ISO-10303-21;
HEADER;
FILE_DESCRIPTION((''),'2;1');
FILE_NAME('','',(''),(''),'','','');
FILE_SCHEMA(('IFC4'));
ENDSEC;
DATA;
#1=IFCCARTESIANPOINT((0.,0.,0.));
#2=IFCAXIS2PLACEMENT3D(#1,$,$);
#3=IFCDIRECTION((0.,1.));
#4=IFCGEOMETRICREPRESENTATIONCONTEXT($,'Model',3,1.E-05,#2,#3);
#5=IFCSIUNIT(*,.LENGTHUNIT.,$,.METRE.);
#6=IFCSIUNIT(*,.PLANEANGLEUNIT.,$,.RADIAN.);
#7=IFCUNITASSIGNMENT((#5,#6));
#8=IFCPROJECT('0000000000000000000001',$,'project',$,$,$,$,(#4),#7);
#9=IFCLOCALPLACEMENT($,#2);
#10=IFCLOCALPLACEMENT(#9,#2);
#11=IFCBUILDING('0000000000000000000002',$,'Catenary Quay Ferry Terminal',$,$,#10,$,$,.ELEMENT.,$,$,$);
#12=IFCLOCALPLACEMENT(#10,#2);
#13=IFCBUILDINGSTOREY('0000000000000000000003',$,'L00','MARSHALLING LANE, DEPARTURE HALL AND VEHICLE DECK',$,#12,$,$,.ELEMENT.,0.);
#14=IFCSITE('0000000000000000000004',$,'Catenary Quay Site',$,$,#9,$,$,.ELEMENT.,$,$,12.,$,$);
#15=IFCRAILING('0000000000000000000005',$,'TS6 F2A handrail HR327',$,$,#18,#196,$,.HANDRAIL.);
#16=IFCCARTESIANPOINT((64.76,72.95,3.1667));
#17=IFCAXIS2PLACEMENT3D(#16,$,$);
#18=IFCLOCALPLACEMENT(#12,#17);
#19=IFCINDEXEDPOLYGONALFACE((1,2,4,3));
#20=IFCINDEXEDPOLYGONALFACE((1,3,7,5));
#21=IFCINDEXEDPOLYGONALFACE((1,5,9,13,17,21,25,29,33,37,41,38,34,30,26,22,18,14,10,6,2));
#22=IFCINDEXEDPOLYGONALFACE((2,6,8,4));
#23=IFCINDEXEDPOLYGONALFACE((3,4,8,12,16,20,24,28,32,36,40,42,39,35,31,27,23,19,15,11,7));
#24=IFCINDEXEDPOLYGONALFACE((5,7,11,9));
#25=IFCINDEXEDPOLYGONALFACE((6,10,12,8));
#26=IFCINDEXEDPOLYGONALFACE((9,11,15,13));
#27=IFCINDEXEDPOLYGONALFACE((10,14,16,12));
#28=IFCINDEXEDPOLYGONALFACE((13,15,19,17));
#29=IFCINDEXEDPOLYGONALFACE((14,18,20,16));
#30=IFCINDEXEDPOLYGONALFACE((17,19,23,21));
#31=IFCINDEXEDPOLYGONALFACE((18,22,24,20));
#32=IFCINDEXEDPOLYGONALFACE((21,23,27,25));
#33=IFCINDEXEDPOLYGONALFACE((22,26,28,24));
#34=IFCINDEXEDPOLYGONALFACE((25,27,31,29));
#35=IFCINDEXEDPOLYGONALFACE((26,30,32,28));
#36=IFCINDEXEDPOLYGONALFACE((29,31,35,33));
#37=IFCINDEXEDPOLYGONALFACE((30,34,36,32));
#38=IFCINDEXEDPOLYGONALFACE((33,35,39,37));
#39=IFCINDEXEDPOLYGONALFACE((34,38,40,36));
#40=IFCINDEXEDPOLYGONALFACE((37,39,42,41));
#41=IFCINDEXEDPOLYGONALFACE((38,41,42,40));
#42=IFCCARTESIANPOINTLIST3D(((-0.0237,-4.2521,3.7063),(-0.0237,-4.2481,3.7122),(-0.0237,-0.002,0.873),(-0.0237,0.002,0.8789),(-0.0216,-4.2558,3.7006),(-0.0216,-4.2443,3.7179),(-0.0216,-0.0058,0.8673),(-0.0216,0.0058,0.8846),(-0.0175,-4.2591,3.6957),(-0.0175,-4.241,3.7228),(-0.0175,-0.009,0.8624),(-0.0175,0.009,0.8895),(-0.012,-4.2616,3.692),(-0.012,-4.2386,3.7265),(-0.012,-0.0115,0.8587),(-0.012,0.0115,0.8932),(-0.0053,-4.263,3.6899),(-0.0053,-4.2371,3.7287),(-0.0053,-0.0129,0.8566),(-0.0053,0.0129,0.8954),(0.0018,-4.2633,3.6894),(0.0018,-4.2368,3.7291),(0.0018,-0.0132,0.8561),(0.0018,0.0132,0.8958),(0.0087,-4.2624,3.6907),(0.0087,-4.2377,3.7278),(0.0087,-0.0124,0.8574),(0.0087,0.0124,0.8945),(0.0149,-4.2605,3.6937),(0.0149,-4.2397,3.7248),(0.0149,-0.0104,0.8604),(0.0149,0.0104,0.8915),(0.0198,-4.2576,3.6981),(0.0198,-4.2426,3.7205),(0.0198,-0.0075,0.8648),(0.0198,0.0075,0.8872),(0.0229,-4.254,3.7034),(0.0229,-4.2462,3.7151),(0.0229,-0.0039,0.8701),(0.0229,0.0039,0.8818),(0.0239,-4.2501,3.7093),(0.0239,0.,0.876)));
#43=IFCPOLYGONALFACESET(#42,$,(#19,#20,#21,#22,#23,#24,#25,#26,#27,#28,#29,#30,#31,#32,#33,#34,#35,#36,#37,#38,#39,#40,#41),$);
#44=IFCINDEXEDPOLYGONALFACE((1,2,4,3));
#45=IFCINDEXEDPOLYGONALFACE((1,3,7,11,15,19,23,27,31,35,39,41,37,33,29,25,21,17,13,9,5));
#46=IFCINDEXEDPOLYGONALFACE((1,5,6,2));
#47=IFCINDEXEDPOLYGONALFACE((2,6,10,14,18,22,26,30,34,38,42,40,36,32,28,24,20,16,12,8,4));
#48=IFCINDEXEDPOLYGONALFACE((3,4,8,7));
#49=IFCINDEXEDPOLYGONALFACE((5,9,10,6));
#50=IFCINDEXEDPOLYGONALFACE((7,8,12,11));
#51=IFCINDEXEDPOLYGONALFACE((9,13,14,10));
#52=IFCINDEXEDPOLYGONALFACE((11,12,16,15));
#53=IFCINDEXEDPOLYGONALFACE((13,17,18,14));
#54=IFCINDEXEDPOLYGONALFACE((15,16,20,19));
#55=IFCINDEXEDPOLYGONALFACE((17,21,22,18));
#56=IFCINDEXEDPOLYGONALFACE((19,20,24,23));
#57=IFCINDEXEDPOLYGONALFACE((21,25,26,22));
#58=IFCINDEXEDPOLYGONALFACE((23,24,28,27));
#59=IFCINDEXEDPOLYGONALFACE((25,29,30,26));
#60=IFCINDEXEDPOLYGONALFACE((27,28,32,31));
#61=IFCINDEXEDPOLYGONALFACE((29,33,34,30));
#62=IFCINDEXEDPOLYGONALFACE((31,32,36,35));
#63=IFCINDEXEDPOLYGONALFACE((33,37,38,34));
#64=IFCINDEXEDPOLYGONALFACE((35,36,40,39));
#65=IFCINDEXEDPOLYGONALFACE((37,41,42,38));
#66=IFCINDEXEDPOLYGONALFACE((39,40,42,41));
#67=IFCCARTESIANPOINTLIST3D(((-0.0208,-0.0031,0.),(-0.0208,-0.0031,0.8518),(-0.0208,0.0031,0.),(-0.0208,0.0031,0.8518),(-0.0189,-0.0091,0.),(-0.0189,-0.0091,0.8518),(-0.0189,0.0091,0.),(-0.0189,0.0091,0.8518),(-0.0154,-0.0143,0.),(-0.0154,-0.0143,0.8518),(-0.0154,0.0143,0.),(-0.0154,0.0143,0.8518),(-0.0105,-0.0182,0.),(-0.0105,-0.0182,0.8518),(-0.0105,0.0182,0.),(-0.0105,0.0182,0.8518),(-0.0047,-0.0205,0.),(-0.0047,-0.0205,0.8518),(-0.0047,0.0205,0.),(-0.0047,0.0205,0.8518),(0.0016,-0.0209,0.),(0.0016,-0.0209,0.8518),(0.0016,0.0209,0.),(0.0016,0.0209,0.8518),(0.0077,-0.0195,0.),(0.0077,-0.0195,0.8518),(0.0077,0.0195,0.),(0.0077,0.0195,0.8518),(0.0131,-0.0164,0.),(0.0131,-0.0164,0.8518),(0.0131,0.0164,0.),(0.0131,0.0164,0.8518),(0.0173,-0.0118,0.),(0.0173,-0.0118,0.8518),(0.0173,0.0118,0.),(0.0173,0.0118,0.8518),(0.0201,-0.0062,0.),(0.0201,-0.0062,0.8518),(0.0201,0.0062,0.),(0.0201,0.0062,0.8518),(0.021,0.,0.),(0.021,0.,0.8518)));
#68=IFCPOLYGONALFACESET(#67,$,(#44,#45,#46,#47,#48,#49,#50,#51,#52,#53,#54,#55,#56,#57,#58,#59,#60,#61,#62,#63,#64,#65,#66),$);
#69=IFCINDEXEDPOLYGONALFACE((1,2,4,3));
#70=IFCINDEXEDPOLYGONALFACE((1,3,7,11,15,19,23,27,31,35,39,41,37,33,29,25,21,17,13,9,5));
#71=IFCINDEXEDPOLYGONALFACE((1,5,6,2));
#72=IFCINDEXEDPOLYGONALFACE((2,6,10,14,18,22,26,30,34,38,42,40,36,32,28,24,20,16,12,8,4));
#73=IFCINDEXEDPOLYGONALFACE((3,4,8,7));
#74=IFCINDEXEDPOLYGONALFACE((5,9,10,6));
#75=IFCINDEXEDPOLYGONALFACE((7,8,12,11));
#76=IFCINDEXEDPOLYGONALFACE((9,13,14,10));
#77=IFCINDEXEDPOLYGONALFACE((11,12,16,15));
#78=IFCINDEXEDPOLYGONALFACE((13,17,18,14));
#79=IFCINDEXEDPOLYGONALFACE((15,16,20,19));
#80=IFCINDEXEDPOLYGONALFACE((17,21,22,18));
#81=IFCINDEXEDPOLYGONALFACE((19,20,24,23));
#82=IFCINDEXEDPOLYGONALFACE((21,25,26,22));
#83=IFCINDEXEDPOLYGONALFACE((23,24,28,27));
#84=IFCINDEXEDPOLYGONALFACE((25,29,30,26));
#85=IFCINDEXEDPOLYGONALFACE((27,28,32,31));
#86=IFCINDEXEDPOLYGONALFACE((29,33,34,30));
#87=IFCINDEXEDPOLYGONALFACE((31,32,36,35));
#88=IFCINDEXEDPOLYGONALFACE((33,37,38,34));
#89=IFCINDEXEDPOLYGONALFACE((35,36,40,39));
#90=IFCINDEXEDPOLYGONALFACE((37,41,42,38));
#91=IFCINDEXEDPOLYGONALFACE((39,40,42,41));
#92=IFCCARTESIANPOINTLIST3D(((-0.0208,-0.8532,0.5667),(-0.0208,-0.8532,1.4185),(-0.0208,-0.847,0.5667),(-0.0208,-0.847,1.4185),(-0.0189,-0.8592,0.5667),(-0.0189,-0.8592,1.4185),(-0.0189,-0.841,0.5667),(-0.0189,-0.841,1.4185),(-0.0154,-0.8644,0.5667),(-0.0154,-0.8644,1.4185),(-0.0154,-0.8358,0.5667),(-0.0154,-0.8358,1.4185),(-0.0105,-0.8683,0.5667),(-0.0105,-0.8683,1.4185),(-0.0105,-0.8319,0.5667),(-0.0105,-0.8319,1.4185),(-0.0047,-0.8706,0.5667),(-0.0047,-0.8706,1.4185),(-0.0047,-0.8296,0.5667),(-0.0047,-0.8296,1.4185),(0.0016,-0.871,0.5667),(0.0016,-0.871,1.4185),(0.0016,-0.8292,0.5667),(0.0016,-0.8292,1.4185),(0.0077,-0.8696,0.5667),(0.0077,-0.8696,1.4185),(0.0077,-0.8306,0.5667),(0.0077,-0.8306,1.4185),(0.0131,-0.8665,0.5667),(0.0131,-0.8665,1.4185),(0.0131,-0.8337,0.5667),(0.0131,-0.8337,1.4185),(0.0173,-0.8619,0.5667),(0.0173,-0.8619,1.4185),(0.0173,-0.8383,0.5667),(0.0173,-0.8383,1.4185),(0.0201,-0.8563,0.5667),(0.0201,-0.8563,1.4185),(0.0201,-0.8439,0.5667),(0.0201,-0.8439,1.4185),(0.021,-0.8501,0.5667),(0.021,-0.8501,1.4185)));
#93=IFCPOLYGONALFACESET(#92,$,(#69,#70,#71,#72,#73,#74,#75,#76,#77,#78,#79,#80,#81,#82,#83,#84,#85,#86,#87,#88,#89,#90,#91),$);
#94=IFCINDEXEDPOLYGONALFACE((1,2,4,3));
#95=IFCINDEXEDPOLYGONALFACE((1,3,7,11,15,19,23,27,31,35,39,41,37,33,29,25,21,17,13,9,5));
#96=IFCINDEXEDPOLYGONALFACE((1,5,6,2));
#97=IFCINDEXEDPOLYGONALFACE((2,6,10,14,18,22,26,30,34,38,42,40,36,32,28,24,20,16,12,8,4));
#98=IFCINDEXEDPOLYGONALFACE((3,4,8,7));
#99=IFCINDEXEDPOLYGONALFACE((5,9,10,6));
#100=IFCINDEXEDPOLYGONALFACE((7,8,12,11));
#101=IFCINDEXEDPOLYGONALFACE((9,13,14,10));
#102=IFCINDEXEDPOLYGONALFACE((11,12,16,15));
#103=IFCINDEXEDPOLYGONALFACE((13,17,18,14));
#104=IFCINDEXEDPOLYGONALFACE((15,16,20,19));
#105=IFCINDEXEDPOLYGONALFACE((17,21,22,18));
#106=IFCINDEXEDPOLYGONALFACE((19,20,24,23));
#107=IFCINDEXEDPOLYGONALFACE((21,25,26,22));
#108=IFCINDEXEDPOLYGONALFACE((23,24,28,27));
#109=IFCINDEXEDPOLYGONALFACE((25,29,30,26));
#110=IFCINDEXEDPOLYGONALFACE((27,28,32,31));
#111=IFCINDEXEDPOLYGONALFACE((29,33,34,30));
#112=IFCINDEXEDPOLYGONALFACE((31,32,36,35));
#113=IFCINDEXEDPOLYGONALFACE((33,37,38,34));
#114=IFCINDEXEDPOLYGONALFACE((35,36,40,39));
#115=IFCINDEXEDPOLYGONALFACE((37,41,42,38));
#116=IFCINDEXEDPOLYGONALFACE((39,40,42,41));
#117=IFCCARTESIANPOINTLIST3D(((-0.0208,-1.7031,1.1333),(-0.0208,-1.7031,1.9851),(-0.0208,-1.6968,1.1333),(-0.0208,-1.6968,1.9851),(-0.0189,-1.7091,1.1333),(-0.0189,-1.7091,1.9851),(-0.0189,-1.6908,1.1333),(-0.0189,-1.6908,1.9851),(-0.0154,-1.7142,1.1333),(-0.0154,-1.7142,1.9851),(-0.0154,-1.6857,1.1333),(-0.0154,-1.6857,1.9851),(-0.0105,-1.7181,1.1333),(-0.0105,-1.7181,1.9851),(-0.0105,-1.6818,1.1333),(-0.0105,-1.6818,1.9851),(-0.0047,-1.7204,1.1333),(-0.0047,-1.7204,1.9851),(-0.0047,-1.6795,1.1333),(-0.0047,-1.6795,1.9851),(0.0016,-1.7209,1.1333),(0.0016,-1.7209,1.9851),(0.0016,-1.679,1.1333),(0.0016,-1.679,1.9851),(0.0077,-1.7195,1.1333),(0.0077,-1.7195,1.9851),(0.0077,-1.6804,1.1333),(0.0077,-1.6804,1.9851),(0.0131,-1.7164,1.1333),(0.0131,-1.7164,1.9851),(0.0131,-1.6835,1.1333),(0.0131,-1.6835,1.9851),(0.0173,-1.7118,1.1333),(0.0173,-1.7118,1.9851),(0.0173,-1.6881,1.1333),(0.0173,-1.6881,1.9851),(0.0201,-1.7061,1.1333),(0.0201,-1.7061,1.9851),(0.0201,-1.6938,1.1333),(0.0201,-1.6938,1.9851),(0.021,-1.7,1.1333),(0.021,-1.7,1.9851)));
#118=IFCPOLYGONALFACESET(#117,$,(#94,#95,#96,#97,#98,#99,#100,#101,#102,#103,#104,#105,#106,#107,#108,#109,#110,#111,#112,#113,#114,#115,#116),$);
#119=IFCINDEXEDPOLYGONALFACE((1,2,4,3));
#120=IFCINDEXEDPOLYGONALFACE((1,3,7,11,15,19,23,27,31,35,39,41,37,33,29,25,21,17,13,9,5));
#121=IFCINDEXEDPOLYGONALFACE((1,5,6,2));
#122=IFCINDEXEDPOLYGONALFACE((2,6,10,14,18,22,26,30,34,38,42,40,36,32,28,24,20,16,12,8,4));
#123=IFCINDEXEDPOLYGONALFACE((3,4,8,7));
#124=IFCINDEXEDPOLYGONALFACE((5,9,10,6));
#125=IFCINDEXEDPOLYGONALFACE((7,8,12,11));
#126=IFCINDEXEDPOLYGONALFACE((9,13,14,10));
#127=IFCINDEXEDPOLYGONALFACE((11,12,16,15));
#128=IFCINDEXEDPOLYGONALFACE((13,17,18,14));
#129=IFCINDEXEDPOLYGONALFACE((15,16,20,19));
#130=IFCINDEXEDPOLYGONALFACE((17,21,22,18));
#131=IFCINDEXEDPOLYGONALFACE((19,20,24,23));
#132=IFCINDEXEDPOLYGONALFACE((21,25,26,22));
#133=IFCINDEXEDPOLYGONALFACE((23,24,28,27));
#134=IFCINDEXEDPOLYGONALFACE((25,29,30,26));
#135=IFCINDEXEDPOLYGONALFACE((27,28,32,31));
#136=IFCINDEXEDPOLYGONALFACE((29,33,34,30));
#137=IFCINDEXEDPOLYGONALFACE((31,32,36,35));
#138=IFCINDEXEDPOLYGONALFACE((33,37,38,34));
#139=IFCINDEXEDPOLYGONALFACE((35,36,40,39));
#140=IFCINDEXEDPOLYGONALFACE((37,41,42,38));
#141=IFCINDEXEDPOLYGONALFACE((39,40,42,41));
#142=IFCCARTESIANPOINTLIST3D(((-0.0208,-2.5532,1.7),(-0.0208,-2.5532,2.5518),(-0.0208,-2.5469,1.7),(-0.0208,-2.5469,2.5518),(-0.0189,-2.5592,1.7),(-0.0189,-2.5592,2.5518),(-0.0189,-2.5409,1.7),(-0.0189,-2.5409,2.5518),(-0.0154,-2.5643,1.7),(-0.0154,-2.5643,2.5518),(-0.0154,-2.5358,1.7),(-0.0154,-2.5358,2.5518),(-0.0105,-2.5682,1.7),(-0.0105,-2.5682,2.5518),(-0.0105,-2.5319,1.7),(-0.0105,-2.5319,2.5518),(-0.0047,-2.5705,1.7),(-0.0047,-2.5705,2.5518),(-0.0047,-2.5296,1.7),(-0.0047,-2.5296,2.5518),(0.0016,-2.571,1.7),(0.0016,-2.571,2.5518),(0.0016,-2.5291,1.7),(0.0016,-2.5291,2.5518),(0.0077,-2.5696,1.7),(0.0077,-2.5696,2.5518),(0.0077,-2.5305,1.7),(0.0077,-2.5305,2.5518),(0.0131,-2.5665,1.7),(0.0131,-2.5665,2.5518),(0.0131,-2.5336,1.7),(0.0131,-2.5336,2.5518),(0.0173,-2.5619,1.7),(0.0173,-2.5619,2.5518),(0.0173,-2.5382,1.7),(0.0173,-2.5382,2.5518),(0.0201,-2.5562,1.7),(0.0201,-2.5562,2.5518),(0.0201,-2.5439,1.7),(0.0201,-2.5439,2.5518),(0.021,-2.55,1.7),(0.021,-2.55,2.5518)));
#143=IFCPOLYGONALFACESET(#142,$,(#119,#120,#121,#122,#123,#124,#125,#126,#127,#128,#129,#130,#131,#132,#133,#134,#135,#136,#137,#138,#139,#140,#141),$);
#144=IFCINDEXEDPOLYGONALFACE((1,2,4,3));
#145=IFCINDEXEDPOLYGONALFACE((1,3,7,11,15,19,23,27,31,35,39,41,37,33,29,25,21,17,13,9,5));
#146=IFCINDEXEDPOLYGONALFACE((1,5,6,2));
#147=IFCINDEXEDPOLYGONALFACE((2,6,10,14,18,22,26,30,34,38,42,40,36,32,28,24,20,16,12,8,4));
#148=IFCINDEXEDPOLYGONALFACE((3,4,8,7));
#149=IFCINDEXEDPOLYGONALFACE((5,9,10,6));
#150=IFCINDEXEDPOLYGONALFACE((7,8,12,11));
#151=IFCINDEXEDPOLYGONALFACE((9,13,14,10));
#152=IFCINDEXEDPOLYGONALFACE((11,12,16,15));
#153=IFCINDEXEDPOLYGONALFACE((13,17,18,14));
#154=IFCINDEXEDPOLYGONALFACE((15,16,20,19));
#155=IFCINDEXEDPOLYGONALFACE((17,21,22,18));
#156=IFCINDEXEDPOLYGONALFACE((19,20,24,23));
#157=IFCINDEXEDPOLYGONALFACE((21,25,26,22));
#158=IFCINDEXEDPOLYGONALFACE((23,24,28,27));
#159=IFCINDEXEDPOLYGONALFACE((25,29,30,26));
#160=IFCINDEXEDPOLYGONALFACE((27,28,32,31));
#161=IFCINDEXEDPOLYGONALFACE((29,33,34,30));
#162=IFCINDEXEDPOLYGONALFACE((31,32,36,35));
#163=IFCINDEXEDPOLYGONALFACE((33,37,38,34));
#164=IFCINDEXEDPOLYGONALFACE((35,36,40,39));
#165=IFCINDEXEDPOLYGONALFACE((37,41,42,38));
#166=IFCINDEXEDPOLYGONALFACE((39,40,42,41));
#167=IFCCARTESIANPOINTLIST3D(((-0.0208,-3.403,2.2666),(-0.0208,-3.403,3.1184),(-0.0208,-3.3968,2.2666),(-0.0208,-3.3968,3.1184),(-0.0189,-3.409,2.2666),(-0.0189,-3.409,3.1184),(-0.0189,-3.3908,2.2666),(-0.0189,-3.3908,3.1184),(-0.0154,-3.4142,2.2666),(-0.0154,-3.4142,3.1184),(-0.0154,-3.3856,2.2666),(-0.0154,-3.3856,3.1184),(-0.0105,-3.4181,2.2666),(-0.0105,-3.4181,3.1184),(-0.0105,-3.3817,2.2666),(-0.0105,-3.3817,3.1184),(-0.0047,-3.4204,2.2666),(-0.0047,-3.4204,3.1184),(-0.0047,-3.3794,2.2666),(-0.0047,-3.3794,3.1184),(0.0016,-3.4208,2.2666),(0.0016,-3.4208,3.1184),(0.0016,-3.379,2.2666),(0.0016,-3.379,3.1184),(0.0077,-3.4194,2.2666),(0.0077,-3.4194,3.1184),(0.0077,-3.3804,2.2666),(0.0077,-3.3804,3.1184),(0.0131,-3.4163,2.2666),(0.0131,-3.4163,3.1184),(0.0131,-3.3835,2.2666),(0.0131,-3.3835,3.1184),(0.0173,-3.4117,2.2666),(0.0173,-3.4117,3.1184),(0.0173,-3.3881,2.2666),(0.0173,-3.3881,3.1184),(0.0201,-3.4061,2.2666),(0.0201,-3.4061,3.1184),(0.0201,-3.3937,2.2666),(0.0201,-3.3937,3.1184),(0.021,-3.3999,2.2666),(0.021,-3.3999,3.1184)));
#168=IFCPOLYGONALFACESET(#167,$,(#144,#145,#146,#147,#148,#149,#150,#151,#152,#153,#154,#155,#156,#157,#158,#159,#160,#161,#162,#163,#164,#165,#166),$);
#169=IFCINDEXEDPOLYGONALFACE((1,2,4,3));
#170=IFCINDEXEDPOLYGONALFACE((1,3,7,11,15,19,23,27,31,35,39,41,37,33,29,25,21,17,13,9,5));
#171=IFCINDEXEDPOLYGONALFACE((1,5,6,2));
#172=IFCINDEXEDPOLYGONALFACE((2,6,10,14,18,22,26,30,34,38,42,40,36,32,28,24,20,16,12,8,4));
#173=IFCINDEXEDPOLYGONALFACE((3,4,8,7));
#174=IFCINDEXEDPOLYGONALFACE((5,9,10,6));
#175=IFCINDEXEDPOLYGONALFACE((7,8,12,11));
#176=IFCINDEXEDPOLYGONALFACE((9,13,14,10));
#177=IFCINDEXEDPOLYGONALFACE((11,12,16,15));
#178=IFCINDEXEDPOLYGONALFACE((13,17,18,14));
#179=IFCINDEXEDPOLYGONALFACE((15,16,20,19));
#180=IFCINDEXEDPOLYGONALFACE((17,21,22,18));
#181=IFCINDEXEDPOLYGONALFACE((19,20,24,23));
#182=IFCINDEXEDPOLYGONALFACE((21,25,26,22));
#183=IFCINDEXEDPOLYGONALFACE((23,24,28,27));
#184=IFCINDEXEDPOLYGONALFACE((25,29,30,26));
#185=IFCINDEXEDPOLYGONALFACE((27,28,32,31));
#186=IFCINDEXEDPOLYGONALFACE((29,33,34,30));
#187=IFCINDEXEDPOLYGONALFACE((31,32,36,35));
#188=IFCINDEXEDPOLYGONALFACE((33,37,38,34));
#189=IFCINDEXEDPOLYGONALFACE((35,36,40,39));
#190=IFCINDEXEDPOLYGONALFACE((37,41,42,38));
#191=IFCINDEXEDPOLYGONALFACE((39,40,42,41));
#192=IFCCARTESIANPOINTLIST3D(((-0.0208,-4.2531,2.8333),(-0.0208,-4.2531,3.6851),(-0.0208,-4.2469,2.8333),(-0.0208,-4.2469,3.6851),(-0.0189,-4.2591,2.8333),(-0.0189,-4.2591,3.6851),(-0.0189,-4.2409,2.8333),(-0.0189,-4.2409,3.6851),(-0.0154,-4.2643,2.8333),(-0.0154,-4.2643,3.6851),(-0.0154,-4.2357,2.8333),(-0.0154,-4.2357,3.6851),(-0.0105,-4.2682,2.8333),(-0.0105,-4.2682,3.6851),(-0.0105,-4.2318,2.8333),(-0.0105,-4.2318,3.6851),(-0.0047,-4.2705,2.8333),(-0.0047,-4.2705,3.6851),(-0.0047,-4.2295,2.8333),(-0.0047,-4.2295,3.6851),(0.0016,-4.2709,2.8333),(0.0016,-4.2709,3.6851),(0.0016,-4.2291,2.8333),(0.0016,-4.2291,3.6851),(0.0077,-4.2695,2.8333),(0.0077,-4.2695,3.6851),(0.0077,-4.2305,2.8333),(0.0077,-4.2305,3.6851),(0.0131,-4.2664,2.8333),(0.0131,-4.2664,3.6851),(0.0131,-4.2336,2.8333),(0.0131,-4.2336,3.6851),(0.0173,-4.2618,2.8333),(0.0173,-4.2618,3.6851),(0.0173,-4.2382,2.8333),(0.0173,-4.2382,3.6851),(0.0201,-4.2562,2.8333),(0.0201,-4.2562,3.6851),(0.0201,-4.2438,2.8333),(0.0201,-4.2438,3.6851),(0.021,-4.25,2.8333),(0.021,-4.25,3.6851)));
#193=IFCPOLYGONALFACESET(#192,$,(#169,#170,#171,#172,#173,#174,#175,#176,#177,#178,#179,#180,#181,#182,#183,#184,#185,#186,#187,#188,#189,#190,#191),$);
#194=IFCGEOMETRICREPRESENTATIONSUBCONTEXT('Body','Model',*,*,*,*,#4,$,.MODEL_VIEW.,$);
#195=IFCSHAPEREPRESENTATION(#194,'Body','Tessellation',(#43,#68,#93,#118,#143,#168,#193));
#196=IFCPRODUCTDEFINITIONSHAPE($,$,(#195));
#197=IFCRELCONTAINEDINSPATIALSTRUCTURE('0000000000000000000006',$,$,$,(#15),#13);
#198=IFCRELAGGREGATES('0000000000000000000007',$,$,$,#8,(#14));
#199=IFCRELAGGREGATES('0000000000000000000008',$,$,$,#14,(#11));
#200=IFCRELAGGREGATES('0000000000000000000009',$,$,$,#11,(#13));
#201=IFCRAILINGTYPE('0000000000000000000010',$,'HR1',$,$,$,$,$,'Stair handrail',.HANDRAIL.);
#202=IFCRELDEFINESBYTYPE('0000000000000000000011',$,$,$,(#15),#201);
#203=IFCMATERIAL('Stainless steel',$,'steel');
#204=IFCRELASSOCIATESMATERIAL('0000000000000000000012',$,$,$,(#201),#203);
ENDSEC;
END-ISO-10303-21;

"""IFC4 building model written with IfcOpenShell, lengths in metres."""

from ifc_helpers import new_model, si_unit, direction, frame, origin, origin_2d, place, context, subcontext, project, spatial, circle, extrude, material, type_object, element, save


model = new_model("IFC4")

# Units and contexts
model_context = context("Model", 3, precision=1e-05, world=origin(), true_north=direction((0.0, 1.0)))
body_context = subcontext(model_context, "Body", "Model", "MODEL_VIEW")
ifc_project = project(units=[si_unit("LENGTHUNIT", "METRE"), si_unit("PLANEANGLEUNIT", "RADIAN")], contexts=[model_context])

# Site, building, storey
site_placement = place(None, origin())
site = spatial("IfcSite", under=ifc_project, at=site_placement, Name="Catenary Quay Site", CompositionType="ELEMENT", RefElevation=12.0)
building_placement = place(site_placement, origin())
building = spatial("IfcBuilding", under=site, at=building_placement, Name="Catenary Quay Ferry Terminal", CompositionType="ELEMENT")
storey_placement = place(building_placement, origin())
storey = spatial("IfcBuildingStorey", under=building, at=storey_placement, Name="L00", Description="MARSHALLING LANE, DEPARTURE HALL AND VEHICLE DECK", CompositionType="ELEMENT", Elevation=0.0)

# Railing
ifc_material_1 = material(Name="Stainless steel", Category="steel")
railing_type_1 = type_object("IfcRailingType", Name="HR1", ElementType="Stair handrail", PredefinedType="HANDRAIL", material=ifc_material_1)
for number, where, name in (
    (1, (64.76, 72.95, 3.1667), "TS6 F2A handrail HR327"),
):
    element("IfcRailing", number, at=place(storey_placement, frame(where)), inside=storey, type_object=railing_type_1, Name=name, PredefinedType="HANDRAIL", context=body_context, shape_type="SweptSolid", body=[
        extrude(circle(Radius=0.0239, at=origin_2d()), frame((0.0, 0.0, 0.876), z_axis=(0.0, -0.832058, 0.554689), x_axis=(1.0, 0.0, 0.0)), (0.0, 0.0, 1.0), 5.1079),
        extrude(circle(Radius=0.021, at=origin_2d()), origin(), (0.0, 0.0, 1.0), 0.8518),
        extrude(circle(Radius=0.021, at=origin_2d()), frame((0.0, -0.8501, 0.5667)), (0.0, 0.0, 1.0), 0.8518),
        extrude(circle(Radius=0.021, at=origin_2d()), frame((0.0, -1.7, 1.1333)), (0.0, 0.0, 1.0), 0.8518),
        extrude(circle(Radius=0.021, at=origin_2d()), frame((0.0, -2.55, 1.7)), (0.0, 0.0, 1.0), 0.8518),
        extrude(circle(Radius=0.021, at=origin_2d()), frame((0.0, -3.3999, 2.2666)), (0.0, 0.0, 1.0), 0.8518),
        extrude(circle(Radius=0.021, at=origin_2d()), frame((0.0, -4.25, 2.8333)), (0.0, 0.0, 1.0), 0.8518),
    ])

save(model, "model.ifc")
